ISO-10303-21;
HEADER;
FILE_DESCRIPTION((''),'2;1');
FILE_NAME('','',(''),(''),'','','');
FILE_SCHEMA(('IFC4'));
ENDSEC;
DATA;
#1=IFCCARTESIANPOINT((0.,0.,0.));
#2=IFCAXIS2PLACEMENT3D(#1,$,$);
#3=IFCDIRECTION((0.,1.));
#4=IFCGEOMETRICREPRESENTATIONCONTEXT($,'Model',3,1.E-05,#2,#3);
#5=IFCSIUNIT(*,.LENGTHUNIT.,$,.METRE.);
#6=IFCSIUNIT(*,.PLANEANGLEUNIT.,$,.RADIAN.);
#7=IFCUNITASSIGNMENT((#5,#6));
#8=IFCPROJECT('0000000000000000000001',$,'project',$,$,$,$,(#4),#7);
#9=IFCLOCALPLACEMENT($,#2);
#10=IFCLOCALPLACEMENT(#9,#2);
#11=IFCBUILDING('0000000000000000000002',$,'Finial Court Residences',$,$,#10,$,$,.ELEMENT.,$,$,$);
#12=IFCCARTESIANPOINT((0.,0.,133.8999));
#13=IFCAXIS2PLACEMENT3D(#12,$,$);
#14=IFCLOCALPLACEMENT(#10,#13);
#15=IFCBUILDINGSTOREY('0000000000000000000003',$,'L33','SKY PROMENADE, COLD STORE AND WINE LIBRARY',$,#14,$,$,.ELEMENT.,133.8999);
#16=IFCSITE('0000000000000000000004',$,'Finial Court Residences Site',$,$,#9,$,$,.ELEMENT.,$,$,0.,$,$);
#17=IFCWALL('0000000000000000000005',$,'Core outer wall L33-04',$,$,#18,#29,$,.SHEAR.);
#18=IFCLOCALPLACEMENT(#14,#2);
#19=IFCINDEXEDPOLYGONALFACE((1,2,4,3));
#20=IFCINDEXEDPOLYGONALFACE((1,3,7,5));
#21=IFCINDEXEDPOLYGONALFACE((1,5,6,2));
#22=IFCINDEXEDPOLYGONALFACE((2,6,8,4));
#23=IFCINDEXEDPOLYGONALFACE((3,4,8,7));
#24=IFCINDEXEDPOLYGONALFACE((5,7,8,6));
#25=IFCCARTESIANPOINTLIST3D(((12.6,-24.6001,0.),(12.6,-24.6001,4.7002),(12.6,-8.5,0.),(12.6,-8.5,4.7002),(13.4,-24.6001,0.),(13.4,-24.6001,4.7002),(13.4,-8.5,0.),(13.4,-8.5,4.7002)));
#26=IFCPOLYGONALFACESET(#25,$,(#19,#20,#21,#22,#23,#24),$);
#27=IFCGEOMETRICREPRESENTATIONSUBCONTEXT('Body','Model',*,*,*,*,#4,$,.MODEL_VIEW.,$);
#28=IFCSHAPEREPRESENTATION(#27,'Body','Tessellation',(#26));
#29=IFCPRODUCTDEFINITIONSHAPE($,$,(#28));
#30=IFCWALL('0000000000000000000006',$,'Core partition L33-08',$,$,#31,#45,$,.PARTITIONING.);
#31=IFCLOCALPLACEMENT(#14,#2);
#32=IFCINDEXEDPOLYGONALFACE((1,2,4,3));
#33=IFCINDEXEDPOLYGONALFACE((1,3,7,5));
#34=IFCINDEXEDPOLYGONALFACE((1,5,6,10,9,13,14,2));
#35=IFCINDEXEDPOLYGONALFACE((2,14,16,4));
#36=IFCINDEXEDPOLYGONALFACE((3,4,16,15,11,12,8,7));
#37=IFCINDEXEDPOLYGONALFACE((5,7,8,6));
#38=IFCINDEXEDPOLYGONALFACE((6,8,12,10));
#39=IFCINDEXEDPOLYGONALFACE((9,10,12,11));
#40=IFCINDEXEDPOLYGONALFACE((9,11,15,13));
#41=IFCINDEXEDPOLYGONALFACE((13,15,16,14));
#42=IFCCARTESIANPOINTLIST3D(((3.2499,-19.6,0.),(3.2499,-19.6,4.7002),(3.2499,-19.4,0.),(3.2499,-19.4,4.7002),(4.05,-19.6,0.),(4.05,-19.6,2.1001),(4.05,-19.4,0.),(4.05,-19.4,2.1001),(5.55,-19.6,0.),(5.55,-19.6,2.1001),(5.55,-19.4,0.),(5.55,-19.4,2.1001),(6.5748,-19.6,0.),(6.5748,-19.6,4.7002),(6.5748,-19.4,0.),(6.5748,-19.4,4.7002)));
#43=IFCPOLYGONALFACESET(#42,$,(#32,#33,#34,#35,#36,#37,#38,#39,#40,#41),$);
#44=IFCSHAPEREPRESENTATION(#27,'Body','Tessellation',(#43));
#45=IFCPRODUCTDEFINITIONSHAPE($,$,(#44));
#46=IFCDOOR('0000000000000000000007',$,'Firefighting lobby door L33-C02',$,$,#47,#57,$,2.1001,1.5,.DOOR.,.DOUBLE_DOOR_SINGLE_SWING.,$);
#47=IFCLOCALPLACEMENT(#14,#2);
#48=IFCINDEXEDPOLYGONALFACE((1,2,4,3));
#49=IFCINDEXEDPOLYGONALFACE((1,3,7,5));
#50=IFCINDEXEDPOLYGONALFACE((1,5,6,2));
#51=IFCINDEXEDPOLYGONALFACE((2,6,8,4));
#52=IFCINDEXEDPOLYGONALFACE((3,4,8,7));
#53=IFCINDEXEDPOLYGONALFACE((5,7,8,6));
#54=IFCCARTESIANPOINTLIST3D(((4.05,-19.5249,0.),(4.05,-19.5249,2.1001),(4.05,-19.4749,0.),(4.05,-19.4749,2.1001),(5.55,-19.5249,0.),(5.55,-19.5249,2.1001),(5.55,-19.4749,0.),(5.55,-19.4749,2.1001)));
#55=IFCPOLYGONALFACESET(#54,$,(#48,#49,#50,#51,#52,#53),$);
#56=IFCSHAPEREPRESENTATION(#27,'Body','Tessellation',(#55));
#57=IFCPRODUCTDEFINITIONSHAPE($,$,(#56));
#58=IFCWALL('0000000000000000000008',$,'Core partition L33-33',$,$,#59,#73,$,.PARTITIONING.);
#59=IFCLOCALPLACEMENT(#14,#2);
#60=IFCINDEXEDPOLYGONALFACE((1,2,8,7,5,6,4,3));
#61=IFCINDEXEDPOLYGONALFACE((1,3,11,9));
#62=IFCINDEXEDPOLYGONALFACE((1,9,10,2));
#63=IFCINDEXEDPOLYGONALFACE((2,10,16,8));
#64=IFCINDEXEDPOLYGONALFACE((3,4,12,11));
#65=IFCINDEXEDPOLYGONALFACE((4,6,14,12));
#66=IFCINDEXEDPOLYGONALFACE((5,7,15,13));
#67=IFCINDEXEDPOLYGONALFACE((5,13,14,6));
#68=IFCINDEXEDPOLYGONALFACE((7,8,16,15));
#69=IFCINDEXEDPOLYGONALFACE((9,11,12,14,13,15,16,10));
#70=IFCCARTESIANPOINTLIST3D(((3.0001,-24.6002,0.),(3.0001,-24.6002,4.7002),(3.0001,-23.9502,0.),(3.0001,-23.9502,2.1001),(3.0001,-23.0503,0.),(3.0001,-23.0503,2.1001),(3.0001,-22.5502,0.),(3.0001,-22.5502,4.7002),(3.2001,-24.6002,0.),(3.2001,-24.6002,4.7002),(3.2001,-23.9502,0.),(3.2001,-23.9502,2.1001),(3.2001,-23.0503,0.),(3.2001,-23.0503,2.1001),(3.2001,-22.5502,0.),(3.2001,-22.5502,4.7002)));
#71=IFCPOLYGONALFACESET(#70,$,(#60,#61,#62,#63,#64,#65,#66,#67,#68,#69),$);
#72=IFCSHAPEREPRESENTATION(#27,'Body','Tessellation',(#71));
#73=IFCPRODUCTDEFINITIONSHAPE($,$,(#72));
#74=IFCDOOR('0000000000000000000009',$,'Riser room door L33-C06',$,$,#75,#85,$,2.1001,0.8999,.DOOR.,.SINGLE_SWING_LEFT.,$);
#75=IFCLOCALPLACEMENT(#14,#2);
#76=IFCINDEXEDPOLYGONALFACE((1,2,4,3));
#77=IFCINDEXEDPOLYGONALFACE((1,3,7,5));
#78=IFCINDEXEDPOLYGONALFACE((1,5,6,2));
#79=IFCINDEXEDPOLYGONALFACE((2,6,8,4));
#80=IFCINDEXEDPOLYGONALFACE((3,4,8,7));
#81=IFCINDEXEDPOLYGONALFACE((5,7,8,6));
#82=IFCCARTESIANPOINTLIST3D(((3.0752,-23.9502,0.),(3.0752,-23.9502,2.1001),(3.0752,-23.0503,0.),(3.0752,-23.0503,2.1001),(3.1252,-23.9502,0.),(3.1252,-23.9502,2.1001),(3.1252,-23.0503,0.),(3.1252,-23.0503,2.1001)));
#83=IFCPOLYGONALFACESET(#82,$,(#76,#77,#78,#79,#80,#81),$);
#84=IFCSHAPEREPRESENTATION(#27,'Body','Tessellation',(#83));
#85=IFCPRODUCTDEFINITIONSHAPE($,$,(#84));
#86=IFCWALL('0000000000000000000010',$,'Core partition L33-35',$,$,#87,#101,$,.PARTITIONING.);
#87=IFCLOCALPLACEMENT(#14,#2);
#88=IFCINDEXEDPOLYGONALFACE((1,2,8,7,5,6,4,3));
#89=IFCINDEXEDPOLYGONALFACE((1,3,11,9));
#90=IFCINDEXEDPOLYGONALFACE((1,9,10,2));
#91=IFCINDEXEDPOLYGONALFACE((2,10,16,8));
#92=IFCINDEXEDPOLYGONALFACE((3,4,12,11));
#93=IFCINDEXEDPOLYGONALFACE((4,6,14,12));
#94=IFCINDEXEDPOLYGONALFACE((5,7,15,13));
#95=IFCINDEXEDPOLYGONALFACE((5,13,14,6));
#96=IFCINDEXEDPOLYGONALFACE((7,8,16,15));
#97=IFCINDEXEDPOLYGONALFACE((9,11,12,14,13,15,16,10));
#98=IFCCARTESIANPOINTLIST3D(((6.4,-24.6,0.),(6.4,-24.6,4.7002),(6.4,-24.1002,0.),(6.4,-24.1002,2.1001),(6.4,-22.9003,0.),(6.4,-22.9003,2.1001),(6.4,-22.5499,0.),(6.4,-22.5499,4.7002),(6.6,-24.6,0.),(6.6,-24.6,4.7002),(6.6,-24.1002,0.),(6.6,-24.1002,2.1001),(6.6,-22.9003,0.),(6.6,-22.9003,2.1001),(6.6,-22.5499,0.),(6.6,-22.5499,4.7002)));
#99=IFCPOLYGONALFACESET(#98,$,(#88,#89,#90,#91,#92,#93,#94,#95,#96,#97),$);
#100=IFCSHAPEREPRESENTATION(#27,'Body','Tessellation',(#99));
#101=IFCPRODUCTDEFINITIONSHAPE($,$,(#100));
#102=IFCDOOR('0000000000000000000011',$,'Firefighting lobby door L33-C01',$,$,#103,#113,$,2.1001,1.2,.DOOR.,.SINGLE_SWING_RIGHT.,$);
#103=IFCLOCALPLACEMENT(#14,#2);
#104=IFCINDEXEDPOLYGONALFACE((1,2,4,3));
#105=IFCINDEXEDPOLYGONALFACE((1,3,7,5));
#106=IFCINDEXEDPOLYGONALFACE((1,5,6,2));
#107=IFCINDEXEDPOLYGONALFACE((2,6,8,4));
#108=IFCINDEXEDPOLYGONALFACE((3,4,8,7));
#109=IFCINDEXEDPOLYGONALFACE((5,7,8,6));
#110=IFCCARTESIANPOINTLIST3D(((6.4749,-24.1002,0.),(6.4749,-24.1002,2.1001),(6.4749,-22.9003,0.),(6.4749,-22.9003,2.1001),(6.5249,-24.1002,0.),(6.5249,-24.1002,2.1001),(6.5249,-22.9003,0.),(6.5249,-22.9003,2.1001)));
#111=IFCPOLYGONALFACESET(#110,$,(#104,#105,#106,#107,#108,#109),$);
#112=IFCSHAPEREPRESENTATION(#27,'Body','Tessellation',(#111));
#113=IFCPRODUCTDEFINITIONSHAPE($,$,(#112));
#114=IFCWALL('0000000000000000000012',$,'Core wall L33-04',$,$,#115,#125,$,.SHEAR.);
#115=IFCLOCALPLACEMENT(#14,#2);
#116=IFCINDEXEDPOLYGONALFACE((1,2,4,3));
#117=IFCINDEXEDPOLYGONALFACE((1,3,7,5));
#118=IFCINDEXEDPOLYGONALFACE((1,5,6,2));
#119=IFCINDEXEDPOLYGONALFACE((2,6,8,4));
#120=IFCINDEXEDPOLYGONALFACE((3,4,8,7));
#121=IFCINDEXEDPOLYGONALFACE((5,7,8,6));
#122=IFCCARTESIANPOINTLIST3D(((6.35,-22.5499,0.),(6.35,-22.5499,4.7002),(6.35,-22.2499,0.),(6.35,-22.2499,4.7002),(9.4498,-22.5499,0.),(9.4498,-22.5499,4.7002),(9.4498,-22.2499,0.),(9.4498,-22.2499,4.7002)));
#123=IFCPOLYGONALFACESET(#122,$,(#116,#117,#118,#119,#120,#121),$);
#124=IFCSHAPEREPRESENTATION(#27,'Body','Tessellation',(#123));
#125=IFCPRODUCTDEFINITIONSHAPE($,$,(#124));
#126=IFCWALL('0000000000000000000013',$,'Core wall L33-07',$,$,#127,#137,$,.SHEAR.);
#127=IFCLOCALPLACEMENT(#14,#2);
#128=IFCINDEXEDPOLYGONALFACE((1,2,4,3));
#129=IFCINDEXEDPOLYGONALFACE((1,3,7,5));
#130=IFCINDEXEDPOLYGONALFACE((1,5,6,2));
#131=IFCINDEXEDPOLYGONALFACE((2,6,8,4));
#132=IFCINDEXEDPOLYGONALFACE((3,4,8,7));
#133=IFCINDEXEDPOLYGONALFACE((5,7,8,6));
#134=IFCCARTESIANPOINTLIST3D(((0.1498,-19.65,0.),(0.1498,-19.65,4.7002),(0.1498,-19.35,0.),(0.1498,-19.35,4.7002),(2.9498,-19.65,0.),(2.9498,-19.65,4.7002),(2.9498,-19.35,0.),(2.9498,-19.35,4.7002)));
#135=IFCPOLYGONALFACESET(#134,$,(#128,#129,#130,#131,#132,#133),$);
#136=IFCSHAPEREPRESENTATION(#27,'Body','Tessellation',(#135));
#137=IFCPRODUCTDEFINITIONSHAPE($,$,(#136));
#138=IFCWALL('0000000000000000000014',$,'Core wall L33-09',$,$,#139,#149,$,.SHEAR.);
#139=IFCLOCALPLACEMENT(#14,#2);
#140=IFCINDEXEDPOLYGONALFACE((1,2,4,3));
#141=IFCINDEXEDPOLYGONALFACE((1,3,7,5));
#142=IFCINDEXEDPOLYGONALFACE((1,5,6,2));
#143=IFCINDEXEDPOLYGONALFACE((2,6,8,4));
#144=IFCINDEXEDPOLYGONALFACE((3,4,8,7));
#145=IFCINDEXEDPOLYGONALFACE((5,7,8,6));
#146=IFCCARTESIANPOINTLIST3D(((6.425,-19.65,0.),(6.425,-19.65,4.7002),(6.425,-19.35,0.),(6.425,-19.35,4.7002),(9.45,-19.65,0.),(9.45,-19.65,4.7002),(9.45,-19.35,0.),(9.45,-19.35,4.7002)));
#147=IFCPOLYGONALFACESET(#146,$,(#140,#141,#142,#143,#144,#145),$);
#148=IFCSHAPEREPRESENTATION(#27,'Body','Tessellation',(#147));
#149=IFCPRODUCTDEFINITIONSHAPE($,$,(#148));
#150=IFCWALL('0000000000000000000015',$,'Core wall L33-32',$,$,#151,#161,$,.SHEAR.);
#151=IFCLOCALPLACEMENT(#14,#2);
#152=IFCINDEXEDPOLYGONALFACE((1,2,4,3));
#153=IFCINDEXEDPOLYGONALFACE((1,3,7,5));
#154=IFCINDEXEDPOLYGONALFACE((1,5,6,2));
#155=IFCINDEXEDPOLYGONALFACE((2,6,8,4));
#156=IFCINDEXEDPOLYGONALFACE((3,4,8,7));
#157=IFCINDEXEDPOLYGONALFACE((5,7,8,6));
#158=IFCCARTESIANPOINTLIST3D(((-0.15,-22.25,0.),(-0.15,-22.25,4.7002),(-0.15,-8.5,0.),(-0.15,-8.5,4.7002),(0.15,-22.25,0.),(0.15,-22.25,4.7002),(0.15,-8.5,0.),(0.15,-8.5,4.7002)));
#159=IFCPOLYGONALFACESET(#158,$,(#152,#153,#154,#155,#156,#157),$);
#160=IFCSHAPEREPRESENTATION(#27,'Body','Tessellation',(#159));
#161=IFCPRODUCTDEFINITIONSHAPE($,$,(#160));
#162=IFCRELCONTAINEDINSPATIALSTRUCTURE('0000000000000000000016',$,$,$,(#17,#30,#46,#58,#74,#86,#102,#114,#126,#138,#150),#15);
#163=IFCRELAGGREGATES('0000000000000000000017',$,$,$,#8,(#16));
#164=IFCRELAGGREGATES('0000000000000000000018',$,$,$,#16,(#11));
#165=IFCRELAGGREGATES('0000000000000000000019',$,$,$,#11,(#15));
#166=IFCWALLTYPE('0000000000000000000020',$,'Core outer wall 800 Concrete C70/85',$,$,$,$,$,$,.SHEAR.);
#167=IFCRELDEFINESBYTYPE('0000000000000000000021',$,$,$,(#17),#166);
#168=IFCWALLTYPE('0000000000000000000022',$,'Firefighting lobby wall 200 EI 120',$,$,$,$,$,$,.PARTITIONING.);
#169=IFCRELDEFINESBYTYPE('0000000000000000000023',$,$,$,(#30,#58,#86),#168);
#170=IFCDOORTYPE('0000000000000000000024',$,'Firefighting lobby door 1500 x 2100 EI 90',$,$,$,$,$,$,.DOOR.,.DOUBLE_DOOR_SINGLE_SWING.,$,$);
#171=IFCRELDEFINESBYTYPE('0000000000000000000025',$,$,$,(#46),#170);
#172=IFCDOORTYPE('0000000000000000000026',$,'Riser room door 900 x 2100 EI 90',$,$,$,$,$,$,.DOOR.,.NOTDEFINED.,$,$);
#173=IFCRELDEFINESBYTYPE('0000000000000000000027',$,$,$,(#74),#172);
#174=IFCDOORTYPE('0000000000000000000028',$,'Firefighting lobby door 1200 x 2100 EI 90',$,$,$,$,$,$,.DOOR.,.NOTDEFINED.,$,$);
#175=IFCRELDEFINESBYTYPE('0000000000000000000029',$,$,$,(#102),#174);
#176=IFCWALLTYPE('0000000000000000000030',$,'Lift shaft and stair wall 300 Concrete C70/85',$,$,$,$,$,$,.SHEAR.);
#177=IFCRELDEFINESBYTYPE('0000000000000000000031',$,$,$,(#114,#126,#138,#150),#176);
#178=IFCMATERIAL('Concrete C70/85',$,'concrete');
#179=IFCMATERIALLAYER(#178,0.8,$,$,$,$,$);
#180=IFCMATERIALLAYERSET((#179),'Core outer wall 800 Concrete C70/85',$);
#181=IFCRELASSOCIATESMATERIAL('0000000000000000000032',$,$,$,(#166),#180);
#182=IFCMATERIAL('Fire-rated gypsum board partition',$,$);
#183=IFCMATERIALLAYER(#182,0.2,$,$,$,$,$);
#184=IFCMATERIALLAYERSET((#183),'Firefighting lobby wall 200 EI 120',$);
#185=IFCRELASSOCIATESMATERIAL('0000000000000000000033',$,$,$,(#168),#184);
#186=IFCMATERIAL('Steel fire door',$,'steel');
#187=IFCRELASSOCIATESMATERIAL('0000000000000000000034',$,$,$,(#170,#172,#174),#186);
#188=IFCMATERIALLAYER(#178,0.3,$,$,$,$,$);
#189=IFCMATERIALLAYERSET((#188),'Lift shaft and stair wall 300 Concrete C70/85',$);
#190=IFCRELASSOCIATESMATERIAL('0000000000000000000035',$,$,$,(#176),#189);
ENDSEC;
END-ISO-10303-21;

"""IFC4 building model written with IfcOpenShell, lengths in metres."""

from ifc_helpers import new_model, si_unit, direction, frame, frame_2d, origin, place, context, subcontext, project, spatial, rectangle, extrude, material, layer, layer_set, type_object, element, fill, save


model = new_model("IFC4")

# Units and contexts
model_context = context("Model", 3, precision=1e-05, world=origin(), true_north=direction((0.0, 1.0)))
body_context = subcontext(model_context, "Body", "Model", "MODEL_VIEW")
ifc_project = project(units=[si_unit("LENGTHUNIT", "METRE"), si_unit("PLANEANGLEUNIT", "RADIAN")], contexts=[model_context])

# Site, building, storey
site_placement = place(None, origin())
site = spatial("IfcSite", under=ifc_project, at=site_placement, Name="Finial Court Residences Site", CompositionType="ELEMENT", RefElevation=0.0)
building_placement = place(site_placement, origin())
building = spatial("IfcBuilding", under=site, at=building_placement, Name="Finial Court Residences", CompositionType="ELEMENT")
storey_placement = place(building_placement, frame((0.0, 0.0, 133.8999)))
storey = spatial("IfcBuildingStorey", under=building, at=storey_placement, Name="L33", Description="SKY PROMENADE, COLD STORE AND WINE LIBRARY", CompositionType="ELEMENT", Elevation=133.8999)

# Wall
ifc_material_1 = material(Name="Concrete C70/85", Category="concrete")
ifc_layer_1 = layer(ifc_material_1, 0.8)
ifc_layer_set_1 = layer_set([ifc_layer_1], Name="Core outer wall 800 Concrete C70/85")
wall_type_1 = type_object("IfcWallType", Name="Core outer wall 800 Concrete C70/85", PredefinedType="SHEAR", material=ifc_layer_set_1)
wall_1_placement = place(storey_placement, frame((13.0, -24.6001, 0.0), z_axis=(0.0, 0.0, 1.0), x_axis=(0.0, 1.0, 0.0)))
element("IfcWall", 1, at=wall_1_placement, inside=storey, type_object=wall_type_1, Name="Core outer wall L33-04", PredefinedType="SHEAR", context=body_context, shape_type="SweptSolid", body=[
    extrude(rectangle(XDim=16.1001, YDim=0.8, at=frame_2d((8.05, 0.0))), origin(), (0.0, 0.0, 1.0), 4.7002),
])

# Walls, openings, doors
ifc_material_2 = material(Name="Fire-rated gypsum board partition")
ifc_layer_2 = layer(ifc_material_2, 0.2)
ifc_layer_set_2 = layer_set([ifc_layer_2], Name="Firefighting lobby wall 200 EI 120")
wall_type_2 = type_object("IfcWallType", Name="Firefighting lobby wall 200 EI 120", PredefinedType="PARTITIONING", material=ifc_layer_set_2)
wall_2_placement = place(storey_placement, frame((6.575, -19.5, 0.0), z_axis=(0.0, 0.0, 1.0), x_axis=(-1.0, 0.0, 0.0)))
wall_2 = element("IfcWall", 2, at=wall_2_placement, inside=storey, type_object=wall_type_2, Name="Core partition L33-08", PredefinedType="PARTITIONING", context=body_context, shape_type="SweptSolid", body=[
    extrude(rectangle(XDim=3.325, YDim=0.2, at=frame_2d((1.6626, 0.0))), origin(), (0.0, 0.0, 1.0), 4.7002),
])
opening_1_placement = place(wall_2_placement, frame((1.0249, 0.0, 0.0)))
opening_1 = element("IfcOpeningElement", 3, at=opening_1_placement, cuts=wall_2, PredefinedType="OPENING", context=body_context, shape_type="SweptSolid", body=[
    extrude(rectangle(XDim=1.5, YDim=2.1001, at=frame_2d((0.75, 1.05))), frame((0.0, 0.1099, 0.0), z_axis=(0.0, -1.0, 0.0), x_axis=(1.0, 0.0, 0.0)), (0.0, 0.0, 1.0), 0.22),
])
ifc_material_3 = material(Name="Steel fire door", Category="steel")
door_type_1 = type_object("IfcDoorType", Name="Firefighting lobby door 1500 x 2100 EI 90", OperationType="DOUBLE_DOOR_SINGLE_SWING", PredefinedType="DOOR", material=ifc_material_3)
door_1_placement = place(opening_1_placement, origin())
door_1 = element("IfcDoor", 4, at=door_1_placement, inside=storey, type_object=door_type_1, Name="Firefighting lobby door L33-C02", OperationType="DOUBLE_DOOR_SINGLE_SWING", OverallHeight=2.1001, OverallWidth=1.5, PredefinedType="DOOR", context=body_context, shape_type="SweptSolid", body=[
    extrude(rectangle(XDim=1.5, YDim=2.1001, at=frame_2d((0.75, 1.05))), frame((0.0, 0.0249, 0.0), z_axis=(0.0, -1.0, 0.0), x_axis=(1.0, 0.0, 0.0)), (0.0, 0.0, 1.0), 0.05),
])
fill(opening_1, door_1)
wall_3_placement = place(storey_placement, frame((3.1001, -24.6001, 0.0), z_axis=(0.0, 0.0, 1.0), x_axis=(0.0, 1.0, 0.0)))
wall_3 = element("IfcWall", 5, at=wall_3_placement, inside=storey, type_object=wall_type_2, Name="Core partition L33-33", PredefinedType="PARTITIONING", context=body_context, shape_type="SweptSolid", body=[
    extrude(rectangle(XDim=2.05, YDim=0.2, at=frame_2d((1.0249, 0.0))), origin(), (0.0, 0.0, 1.0), 4.7002),
])
opening_2_placement = place(wall_3_placement, frame((0.6499, 0.0, 0.0)))
opening_2 = element("IfcOpeningElement", 6, at=opening_2_placement, cuts=wall_3, PredefinedType="OPENING", context=body_context, shape_type="SweptSolid", body=[
    extrude(rectangle(XDim=0.8999, YDim=2.1001, at=frame_2d((0.45, 1.05))), frame((0.0, 0.1099, 0.0), z_axis=(0.0, -1.0, 0.0), x_axis=(1.0, 0.0, 0.0)), (0.0, 0.0, 1.0), 0.22),
])
door_type_2 = type_object("IfcDoorType", Name="Riser room door 900 x 2100 EI 90", OperationType="NOTDEFINED", PredefinedType="DOOR", material=ifc_material_3)
door_2_placement = place(opening_2_placement, origin())
door_2 = element("IfcDoor", 7, at=door_2_placement, inside=storey, type_object=door_type_2, Name="Riser room door L33-C06", OperationType="SINGLE_SWING_LEFT", OverallHeight=2.1001, OverallWidth=0.8999, PredefinedType="DOOR", context=body_context, shape_type="SweptSolid", body=[
    extrude(rectangle(XDim=0.8999, YDim=2.1001, at=frame_2d((0.45, 1.05))), frame((0.0, 0.0249, 0.0), z_axis=(0.0, -1.0, 0.0), x_axis=(1.0, 0.0, 0.0)), (0.0, 0.0, 1.0), 0.05),
])
fill(opening_2, door_2)
wall_4_placement = place(storey_placement, frame((6.5, -22.55, 0.0), z_axis=(0.0, 0.0, 1.0), x_axis=(0.0, -1.0, 0.0)))
wall_4 = element("IfcWall", 8, at=wall_4_placement, inside=storey, type_object=wall_type_2, Name="Core partition L33-35", PredefinedType="PARTITIONING", context=body_context, shape_type="SweptSolid", body=[
    extrude(rectangle(XDim=2.05, YDim=0.2, at=frame_2d((1.0249, 0.0))), origin(), (0.0, 0.0, 1.0), 4.7002),
])
opening_3_placement = place(wall_4_placement, frame((0.3501, 0.0, 0.0)))
opening_3 = element("IfcOpeningElement", 9, at=opening_3_placement, cuts=wall_4, PredefinedType="OPENING", context=body_context, shape_type="SweptSolid", body=[
    extrude(rectangle(XDim=1.2, YDim=2.1001, at=frame_2d((0.6001, 1.05))), frame((0.0, 0.1099, 0.0), z_axis=(0.0, -1.0, 0.0), x_axis=(1.0, 0.0, 0.0)), (0.0, 0.0, 1.0), 0.22),
])
door_type_3 = type_object("IfcDoorType", Name="Firefighting lobby door 1200 x 2100 EI 90", OperationType="NOTDEFINED", PredefinedType="DOOR", material=ifc_material_3)
door_3_placement = place(opening_3_placement, origin())
door_3 = element("IfcDoor", 10, at=door_3_placement, inside=storey, type_object=door_type_3, Name="Firefighting lobby door L33-C01", OperationType="SINGLE_SWING_RIGHT", OverallHeight=2.1001, OverallWidth=1.2, PredefinedType="DOOR", context=body_context, shape_type="SweptSolid", body=[
    extrude(rectangle(XDim=1.2, YDim=2.1001, at=frame_2d((0.6001, 1.05))), frame((0.0, 0.0249, 0.0), z_axis=(0.0, -1.0, 0.0), x_axis=(1.0, 0.0, 0.0)), (0.0, 0.0, 1.0), 0.05),
])
fill(opening_3, door_3)

# Walls
ifc_layer_3 = layer(ifc_material_1, 0.3)
ifc_layer_set_3 = layer_set([ifc_layer_3], Name="Lift shaft and stair wall 300 Concrete C70/85")
wall_type_3 = type_object("IfcWallType", Name="Lift shaft and stair wall 300 Concrete C70/85", PredefinedType="SHEAR", material=ifc_layer_set_3)
wall_5_placement = place(storey_placement, frame((6.3501, -22.3999, 0.0), z_axis=(0.0, 0.0, 1.0), x_axis=(1.0, 0.0, 0.0)))
element("IfcWall", 11, at=wall_5_placement, inside=storey, type_object=wall_type_3, Name="Core wall L33-04", PredefinedType="SHEAR", context=body_context, shape_type="SweptSolid", body=[
    extrude(rectangle(XDim=3.0999, YDim=0.3, at=frame_2d((1.5498, 0.0))), origin(), (0.0, 0.0, 1.0), 4.7002),
])
wall_6_placement = place(storey_placement, frame((0.1499, -19.5, 0.0), z_axis=(0.0, 0.0, 1.0), x_axis=(1.0, 0.0, 0.0)))
element("IfcWall", 12, at=wall_6_placement, inside=storey, type_object=wall_type_3, Name="Core wall L33-07", PredefinedType="SHEAR", context=body_context, shape_type="SweptSolid", body=[
    extrude(rectangle(XDim=2.8, YDim=0.3, at=frame_2d((1.3999, 0.0))), origin(), (0.0, 0.0, 1.0), 4.7002),
])
wall_7_placement = place(storey_placement, frame((6.425, -19.5, 0.0), z_axis=(0.0, 0.0, 1.0), x_axis=(1.0, 0.0, 0.0)))
element("IfcWall", 13, at=wall_7_placement, inside=storey, type_object=wall_type_3, Name="Core wall L33-09", PredefinedType="SHEAR", context=body_context, shape_type="SweptSolid", body=[
    extrude(rectangle(XDim=3.0249, YDim=0.3, at=frame_2d((1.5125, 0.0))), origin(), (0.0, 0.0, 1.0), 4.7002),
])
wall_8_placement = place(storey_placement, frame((0.0, -22.25, 0.0), z_axis=(0.0, 0.0, 1.0), x_axis=(0.0, 1.0, 0.0)))
element("IfcWall", 14, at=wall_8_placement, inside=storey, type_object=wall_type_3, Name="Core wall L33-32", PredefinedType="SHEAR", context=body_context, shape_type="SweptSolid", body=[
    extrude(rectangle(XDim=13.75, YDim=0.3, at=frame_2d((6.875, 0.0))), origin(), (0.0, 0.0, 1.0), 4.7002),
])

save(model, "model.ifc")
